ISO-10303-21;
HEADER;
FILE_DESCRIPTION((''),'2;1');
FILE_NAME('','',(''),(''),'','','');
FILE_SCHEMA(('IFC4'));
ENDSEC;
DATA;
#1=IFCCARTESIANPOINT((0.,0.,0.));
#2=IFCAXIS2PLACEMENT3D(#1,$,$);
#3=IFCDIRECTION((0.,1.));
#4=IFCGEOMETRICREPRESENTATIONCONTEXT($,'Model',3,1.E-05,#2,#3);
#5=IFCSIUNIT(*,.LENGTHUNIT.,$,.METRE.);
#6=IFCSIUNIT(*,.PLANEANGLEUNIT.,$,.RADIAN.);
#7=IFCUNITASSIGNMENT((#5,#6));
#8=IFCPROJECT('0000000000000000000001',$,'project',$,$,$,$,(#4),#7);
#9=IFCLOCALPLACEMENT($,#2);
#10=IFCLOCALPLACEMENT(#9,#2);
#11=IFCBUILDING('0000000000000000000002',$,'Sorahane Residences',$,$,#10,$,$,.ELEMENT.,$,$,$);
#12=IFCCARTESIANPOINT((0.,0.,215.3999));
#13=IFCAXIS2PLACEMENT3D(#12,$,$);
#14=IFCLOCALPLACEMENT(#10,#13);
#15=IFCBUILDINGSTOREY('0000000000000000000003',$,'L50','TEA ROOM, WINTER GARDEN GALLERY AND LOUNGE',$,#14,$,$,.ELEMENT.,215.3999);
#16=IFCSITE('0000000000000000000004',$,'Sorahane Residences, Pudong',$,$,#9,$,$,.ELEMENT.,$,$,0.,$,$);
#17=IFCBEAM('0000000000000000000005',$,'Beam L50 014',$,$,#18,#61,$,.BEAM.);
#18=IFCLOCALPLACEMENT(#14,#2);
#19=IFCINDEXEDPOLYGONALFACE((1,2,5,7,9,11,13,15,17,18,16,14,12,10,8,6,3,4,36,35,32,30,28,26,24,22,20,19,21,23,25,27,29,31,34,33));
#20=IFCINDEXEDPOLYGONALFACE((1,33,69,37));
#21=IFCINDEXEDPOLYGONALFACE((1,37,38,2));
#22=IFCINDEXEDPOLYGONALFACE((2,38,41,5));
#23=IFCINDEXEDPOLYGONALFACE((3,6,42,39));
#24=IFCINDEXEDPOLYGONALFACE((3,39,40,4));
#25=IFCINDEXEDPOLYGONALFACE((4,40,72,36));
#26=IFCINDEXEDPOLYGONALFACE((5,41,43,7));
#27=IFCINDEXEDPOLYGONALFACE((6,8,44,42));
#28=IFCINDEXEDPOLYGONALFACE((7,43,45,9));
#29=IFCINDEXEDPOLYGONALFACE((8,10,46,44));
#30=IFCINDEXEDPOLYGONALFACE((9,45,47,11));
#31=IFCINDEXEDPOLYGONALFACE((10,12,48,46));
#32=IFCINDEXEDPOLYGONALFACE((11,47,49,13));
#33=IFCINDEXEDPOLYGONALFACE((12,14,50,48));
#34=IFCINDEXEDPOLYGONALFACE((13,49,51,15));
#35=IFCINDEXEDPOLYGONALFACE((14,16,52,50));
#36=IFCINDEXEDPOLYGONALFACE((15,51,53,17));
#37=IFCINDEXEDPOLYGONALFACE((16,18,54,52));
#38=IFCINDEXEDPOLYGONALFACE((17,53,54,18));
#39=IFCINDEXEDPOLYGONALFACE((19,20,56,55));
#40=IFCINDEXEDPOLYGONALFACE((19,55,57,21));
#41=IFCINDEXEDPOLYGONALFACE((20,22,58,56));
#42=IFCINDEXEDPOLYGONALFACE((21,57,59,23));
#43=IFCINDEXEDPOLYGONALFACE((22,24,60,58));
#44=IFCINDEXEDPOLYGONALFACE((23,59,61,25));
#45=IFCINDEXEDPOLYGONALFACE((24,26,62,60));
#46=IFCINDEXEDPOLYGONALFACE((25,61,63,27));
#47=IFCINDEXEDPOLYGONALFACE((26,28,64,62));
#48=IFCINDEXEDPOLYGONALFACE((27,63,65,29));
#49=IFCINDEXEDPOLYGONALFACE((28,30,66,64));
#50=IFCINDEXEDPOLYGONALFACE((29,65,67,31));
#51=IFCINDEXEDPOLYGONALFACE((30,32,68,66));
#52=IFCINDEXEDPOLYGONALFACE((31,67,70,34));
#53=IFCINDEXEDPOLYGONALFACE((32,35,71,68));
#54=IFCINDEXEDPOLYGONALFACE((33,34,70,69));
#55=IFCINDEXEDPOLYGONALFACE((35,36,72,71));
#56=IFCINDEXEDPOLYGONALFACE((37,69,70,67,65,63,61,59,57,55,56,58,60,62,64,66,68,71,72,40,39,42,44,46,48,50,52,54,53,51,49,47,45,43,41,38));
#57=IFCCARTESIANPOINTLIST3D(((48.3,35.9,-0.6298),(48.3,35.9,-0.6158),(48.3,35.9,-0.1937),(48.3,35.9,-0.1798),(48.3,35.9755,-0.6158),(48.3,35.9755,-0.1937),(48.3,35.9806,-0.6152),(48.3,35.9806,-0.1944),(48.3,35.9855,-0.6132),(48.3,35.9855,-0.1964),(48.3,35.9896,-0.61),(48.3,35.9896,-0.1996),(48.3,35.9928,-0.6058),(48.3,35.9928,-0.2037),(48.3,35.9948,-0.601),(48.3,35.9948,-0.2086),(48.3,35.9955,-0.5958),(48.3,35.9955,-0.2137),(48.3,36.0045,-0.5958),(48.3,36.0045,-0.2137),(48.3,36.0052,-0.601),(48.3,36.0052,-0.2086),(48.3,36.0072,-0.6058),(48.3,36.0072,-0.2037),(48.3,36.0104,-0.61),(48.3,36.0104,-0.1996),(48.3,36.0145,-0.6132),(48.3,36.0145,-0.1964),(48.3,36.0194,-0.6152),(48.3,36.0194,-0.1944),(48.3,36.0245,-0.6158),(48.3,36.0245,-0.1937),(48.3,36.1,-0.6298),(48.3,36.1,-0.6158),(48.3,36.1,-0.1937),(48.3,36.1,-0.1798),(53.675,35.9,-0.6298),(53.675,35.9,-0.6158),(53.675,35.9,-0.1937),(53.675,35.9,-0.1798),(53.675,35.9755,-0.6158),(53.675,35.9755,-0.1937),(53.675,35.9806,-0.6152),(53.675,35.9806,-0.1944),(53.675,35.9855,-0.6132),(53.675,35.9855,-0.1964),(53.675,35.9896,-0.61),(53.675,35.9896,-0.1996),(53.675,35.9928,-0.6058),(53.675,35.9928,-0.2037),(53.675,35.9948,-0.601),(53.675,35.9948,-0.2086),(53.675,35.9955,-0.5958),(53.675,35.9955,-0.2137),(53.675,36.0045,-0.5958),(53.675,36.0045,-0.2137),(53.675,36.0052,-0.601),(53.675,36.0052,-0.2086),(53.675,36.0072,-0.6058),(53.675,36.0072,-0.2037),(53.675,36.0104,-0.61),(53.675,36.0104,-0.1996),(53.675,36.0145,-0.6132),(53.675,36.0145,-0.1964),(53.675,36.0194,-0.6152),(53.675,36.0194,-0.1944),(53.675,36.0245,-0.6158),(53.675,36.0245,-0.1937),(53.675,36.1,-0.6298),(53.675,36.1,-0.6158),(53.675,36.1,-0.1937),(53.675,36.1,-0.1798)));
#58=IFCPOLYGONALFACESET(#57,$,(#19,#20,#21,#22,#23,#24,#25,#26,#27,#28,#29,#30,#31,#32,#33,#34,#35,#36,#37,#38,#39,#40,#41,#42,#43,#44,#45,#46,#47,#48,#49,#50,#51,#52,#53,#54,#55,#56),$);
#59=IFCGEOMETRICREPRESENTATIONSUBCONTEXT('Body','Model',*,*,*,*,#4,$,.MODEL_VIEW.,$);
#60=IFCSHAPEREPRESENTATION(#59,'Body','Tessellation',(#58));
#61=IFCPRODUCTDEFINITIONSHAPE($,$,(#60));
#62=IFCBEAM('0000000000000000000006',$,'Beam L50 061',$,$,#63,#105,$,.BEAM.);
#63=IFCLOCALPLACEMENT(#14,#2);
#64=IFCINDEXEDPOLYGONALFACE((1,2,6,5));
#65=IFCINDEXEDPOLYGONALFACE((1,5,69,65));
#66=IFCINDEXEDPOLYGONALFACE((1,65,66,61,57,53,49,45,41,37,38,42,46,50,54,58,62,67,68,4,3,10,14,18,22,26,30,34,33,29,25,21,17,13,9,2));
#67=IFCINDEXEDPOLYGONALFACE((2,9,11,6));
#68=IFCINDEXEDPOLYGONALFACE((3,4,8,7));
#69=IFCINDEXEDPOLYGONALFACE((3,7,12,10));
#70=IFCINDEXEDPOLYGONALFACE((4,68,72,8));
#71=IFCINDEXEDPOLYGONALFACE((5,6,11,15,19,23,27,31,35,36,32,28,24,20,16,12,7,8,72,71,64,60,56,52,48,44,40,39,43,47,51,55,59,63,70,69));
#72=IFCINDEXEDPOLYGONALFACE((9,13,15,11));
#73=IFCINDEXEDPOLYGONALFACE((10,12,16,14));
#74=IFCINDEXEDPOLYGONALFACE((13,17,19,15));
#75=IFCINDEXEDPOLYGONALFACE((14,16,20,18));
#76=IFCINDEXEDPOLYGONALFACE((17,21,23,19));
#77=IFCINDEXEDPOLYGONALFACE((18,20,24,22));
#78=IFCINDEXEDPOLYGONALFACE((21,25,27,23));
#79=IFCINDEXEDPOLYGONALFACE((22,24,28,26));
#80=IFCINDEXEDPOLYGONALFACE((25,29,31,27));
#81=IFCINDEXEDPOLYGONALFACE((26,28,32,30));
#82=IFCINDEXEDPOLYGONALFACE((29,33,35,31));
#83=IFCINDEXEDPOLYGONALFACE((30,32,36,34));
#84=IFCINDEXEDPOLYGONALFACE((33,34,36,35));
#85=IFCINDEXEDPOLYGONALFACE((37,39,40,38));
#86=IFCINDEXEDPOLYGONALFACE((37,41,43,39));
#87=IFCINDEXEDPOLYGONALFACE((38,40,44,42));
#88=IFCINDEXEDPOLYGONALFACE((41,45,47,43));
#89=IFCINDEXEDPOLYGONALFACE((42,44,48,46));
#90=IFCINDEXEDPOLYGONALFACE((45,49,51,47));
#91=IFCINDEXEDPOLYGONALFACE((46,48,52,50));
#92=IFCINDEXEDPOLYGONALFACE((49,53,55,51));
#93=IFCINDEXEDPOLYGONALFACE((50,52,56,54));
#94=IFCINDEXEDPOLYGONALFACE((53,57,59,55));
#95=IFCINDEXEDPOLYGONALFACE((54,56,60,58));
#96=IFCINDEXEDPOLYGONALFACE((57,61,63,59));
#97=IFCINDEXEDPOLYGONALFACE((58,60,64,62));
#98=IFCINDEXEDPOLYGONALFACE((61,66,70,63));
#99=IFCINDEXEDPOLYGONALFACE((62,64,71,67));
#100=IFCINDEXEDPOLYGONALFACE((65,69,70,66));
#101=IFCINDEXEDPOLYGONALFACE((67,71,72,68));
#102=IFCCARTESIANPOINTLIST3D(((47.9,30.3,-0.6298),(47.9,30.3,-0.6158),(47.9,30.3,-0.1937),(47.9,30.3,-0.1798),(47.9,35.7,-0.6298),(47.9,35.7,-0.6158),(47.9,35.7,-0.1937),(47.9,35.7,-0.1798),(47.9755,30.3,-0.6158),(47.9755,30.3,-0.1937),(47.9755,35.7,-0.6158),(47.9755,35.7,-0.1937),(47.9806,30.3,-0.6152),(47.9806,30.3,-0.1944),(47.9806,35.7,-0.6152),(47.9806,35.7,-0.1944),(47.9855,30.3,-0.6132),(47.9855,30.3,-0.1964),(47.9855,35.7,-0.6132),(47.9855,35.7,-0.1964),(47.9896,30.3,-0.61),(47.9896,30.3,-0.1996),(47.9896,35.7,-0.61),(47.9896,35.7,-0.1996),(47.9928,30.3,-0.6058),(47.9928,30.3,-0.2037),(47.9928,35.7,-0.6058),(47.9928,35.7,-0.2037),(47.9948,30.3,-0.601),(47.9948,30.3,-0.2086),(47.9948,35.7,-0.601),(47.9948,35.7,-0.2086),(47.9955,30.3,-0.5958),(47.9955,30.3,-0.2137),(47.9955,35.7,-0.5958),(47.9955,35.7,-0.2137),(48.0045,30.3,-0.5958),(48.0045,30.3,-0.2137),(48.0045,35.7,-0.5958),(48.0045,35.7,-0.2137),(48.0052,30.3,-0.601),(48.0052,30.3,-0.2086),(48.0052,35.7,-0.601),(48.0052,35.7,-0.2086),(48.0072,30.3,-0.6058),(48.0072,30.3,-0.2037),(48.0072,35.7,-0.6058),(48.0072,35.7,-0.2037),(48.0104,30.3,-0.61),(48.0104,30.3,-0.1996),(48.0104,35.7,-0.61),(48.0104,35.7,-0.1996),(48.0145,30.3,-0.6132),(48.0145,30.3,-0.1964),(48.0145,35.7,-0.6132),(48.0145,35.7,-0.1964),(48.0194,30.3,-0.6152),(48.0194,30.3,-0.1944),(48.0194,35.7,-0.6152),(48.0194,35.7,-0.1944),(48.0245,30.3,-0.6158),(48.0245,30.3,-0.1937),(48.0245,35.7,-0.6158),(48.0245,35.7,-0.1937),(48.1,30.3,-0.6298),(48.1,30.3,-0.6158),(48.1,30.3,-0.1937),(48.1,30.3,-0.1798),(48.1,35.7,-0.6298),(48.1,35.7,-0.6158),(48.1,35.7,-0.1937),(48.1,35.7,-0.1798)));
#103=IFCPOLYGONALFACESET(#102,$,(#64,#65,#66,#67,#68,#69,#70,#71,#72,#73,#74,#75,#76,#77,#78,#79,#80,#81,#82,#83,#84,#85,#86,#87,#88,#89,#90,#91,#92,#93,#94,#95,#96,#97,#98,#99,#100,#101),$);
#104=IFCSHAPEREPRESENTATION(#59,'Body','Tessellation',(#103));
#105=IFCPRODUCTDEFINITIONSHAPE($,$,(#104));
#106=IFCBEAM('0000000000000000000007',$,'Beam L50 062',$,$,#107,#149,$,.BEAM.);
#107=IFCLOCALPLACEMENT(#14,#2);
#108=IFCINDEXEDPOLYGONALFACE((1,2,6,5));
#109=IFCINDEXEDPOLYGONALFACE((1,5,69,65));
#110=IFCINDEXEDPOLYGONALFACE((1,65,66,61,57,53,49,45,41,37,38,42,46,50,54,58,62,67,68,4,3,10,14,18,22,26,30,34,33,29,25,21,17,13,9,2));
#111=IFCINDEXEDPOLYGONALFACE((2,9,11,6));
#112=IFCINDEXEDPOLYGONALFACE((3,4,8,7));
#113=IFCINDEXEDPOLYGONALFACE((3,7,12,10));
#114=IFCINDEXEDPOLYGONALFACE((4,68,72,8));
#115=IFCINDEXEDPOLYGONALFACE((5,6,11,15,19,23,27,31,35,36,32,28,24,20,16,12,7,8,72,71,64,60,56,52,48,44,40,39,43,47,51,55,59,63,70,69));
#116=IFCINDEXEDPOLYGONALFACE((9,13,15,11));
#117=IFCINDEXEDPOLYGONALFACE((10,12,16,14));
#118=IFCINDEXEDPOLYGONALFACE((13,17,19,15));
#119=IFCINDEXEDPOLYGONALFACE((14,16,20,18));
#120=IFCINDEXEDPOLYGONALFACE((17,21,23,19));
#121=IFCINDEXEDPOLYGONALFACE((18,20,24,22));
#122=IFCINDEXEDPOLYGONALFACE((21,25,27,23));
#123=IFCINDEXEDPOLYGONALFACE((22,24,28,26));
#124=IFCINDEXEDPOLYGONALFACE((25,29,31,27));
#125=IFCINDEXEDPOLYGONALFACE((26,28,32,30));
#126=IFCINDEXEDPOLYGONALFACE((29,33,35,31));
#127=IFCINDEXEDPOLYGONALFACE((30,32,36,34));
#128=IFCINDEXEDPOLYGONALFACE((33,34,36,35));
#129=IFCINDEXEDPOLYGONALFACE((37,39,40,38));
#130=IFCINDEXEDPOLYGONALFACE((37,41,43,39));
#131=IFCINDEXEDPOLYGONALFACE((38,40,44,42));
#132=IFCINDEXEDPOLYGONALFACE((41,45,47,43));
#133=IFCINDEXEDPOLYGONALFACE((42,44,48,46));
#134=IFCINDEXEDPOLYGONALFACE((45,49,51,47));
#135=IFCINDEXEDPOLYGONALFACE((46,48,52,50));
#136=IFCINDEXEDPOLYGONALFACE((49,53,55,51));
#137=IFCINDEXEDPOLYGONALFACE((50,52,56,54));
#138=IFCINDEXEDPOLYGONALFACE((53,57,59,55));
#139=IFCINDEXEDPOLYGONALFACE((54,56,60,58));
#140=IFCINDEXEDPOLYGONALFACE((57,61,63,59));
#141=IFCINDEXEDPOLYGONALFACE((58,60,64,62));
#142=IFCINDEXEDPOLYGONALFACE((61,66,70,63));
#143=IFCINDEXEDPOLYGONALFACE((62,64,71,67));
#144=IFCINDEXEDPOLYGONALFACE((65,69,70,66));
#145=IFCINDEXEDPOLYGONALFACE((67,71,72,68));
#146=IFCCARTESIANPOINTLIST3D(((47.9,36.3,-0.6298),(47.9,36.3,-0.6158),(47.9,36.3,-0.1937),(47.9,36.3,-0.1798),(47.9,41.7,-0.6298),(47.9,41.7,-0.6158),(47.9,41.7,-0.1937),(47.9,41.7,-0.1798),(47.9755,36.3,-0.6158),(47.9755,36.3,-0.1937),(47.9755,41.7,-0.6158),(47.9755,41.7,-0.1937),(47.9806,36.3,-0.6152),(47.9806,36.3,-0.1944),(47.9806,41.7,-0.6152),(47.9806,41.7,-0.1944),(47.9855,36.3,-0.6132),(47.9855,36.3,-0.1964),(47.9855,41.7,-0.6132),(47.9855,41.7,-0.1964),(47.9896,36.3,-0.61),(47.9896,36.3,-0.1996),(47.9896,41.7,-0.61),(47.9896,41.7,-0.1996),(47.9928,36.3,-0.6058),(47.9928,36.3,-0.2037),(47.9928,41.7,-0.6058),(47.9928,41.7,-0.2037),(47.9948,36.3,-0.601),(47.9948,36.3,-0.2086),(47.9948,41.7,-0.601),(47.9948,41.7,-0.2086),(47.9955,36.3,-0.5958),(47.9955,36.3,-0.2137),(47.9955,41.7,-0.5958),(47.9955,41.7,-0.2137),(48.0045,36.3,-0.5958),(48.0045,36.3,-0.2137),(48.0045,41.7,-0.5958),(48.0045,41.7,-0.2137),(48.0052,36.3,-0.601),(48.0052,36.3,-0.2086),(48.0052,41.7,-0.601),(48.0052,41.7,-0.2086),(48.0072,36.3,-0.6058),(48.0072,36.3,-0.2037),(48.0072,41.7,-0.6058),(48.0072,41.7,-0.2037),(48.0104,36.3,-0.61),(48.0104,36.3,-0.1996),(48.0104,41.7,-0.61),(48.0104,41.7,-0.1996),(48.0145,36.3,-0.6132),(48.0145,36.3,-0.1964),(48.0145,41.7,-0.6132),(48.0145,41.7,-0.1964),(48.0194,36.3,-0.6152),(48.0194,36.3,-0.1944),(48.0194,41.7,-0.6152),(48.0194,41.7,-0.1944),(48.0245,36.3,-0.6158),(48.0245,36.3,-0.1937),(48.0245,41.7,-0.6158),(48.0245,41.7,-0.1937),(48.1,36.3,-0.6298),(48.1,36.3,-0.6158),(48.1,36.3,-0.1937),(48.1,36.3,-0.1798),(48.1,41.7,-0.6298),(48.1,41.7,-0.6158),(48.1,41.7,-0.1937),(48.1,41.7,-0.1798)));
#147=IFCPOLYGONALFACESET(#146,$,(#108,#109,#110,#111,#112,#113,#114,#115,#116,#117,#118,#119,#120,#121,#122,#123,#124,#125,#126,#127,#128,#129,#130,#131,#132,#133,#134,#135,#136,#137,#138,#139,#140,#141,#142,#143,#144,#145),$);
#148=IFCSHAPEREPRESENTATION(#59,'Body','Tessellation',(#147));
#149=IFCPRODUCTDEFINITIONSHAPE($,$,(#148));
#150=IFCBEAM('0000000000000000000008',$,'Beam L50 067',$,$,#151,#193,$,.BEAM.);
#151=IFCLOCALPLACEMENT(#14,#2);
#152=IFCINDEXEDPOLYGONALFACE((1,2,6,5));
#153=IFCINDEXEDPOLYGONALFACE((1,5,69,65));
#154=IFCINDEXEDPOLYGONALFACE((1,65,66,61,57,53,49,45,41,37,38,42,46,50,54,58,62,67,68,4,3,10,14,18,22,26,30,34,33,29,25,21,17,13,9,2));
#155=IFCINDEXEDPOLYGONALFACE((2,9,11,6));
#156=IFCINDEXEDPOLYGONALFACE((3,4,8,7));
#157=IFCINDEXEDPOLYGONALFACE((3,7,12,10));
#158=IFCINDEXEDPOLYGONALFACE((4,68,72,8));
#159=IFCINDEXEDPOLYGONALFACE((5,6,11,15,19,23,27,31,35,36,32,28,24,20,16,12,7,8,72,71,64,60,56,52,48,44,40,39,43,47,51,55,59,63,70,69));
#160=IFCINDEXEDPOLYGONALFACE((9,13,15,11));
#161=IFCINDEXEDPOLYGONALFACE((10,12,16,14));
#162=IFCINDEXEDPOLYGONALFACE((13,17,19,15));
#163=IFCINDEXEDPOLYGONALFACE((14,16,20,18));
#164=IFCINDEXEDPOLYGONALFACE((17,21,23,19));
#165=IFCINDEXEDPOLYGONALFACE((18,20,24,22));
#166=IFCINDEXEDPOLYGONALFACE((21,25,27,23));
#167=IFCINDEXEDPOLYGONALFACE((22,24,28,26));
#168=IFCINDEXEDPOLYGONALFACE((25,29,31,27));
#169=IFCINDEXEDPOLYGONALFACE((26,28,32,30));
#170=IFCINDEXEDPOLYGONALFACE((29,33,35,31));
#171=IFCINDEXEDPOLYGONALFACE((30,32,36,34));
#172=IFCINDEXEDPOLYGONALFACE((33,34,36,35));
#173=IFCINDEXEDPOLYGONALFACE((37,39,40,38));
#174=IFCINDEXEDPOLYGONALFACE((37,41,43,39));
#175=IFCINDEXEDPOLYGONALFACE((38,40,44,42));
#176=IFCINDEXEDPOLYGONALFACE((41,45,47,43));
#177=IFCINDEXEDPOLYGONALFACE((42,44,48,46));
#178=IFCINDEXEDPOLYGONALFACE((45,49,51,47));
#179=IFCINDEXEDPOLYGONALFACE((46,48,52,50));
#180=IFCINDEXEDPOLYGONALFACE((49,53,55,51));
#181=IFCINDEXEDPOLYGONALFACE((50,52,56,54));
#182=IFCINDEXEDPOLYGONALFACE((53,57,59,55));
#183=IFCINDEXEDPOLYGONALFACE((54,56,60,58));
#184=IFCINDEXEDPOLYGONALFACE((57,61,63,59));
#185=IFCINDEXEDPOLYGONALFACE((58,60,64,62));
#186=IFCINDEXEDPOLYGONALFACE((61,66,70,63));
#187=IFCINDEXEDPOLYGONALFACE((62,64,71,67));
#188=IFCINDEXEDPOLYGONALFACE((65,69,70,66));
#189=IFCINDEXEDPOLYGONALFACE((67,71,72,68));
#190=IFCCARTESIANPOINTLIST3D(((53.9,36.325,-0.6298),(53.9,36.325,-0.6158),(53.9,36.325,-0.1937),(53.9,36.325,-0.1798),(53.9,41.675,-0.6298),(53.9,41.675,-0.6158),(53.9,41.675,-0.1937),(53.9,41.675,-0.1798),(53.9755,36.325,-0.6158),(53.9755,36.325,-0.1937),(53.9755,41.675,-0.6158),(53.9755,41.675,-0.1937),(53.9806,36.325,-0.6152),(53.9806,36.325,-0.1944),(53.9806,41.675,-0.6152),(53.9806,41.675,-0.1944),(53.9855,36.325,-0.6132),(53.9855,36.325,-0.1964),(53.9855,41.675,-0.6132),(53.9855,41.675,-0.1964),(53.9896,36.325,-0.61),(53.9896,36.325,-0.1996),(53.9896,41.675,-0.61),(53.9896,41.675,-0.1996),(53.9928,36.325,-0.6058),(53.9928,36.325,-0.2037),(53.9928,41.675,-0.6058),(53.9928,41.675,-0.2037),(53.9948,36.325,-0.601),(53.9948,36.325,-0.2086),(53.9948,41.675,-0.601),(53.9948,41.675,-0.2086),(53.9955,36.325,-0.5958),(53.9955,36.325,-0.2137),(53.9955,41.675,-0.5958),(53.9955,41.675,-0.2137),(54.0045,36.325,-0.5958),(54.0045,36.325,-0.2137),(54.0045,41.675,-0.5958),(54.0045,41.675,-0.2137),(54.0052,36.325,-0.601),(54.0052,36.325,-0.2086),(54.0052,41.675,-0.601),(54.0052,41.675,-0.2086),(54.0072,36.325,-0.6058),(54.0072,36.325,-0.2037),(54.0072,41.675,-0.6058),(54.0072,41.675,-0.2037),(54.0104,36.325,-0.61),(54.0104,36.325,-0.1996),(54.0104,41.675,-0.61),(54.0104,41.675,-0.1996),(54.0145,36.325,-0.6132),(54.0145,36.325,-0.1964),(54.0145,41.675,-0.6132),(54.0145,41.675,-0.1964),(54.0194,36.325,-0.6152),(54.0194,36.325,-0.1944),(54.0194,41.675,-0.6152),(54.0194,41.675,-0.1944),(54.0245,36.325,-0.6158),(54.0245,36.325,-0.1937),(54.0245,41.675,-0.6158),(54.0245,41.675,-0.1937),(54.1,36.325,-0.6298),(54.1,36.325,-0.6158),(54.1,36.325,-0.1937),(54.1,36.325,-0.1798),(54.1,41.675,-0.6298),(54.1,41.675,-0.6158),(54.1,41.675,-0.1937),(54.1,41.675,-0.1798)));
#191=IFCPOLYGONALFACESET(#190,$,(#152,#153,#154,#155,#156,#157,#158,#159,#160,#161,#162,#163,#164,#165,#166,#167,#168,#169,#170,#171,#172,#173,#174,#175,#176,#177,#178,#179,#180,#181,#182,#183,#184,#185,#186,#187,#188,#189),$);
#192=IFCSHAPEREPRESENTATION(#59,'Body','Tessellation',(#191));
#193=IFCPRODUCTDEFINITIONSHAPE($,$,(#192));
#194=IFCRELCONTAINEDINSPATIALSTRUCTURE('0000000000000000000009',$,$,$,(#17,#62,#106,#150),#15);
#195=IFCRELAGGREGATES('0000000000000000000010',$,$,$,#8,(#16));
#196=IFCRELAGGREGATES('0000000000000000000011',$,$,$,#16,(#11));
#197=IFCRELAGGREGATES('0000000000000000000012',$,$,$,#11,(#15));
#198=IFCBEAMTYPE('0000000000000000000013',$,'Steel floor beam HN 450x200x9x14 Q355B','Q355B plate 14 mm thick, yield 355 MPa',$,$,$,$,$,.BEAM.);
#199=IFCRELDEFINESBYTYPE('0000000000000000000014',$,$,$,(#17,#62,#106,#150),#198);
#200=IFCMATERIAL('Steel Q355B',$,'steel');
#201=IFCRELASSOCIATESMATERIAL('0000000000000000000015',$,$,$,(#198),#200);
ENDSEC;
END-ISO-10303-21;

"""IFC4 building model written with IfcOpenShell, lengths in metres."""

from ifc_helpers import new_model, si_unit, direction, frame, origin, origin_2d, place, context, subcontext, project, spatial, i_section, extrude, material, material_profile, profile_set, type_object, element, save


model = new_model("IFC4")

# Units and contexts
model_context = context("Model", 3, precision=1e-05, world=origin(), true_north=direction((0.0, 1.0)))
body_context = subcontext(model_context, "Body", "Model", "MODEL_VIEW")
ifc_project = project(units=[si_unit("LENGTHUNIT", "METRE"), si_unit("PLANEANGLEUNIT", "RADIAN")], contexts=[model_context])

# Site, building, storey
site_placement = place(None, origin())
site = spatial("IfcSite", under=ifc_project, at=site_placement, Name="Sorahane Residences, Pudong", CompositionType="ELEMENT", RefElevation=0.0)
building_placement = place(site_placement, origin())
building = spatial("IfcBuilding", under=site, at=building_placement, Name="Sorahane Residences", CompositionType="ELEMENT")
storey_placement = place(building_placement, frame((0.0, 0.0, 215.3999)))
storey = spatial("IfcBuildingStorey", under=building, at=storey_placement, Name="L50", Description="TEA ROOM, WINTER GARDEN GALLERY AND LOUNGE", CompositionType="ELEMENT", Elevation=215.3999)

# Beams
ifc_material_1 = material(Name="Steel Q355B", Category="steel")
ifc_material_profile_1 = material_profile(ifc_material_1, i_section(OverallWidth=0.2, OverallDepth=0.45, WebThickness=0.009, FlangeThickness=0.0139, FilletRadius=0.02, at=origin_2d()), Name="HN 450x200x9x14")
ifc_profile_set_1 = profile_set([ifc_material_profile_1], Name="Steel Q355B")
beam_type_1 = type_object("IfcBeamType", Name="Steel floor beam HN 450x200x9x14 Q355B", Description="Q355B plate 14 mm thick, yield 355 MPa", PredefinedType="BEAM", material=ifc_profile_set_1)
beam_1_placement = place(storey_placement, frame((48.3, 36.0, -0.4048), z_axis=(1.0, 0.0, 0.0), x_axis=(0.0, 1.0, 0.0)))
element("IfcBeam", 1, at=beam_1_placement, inside=storey, type_object=beam_type_1, Name="Beam L50 014", PredefinedType="BEAM", context=body_context, shape_type="SweptSolid", body=[
    extrude(i_section(OverallWidth=0.2, OverallDepth=0.45, WebThickness=0.009, FlangeThickness=0.0139, FilletRadius=0.02, at=origin_2d()), origin(), (0.0, 0.0, 1.0), 5.375),
])
for number, where, z_axis, x_axis, name in (
    (2, (48.0, 30.3, -0.4048), (0.0, 1.0, 0.0), (-1.0, 0.0, 0.0), "Beam L50 061"),
    (3, (48.0, 36.3, -0.4048), (0.0, 1.0, 0.0), (-1.0, 0.0, 0.0), "Beam L50 062"),
):
    element("IfcBeam", number, at=place(storey_placement, frame(where, z_axis=z_axis, x_axis=x_axis)), inside=storey, type_object=beam_type_1, Name=name, PredefinedType="BEAM", context=body_context, shape_type="SweptSolid", body=[
        extrude(i_section(OverallWidth=0.2, OverallDepth=0.45, WebThickness=0.009, FlangeThickness=0.0139, FilletRadius=0.02, at=origin_2d()), origin(), (0.0, 0.0, 1.0), 5.3999),
    ])
beam_2_placement = place(storey_placement, frame((54.0, 36.325, -0.4048), z_axis=(0.0, 1.0, 0.0), x_axis=(-1.0, 0.0, 0.0)))
element("IfcBeam", 4, at=beam_2_placement, inside=storey, type_object=beam_type_1, Name="Beam L50 067", PredefinedType="BEAM", context=body_context, shape_type="SweptSolid", body=[
    extrude(i_section(OverallWidth=0.2, OverallDepth=0.45, WebThickness=0.009, FlangeThickness=0.0139, FilletRadius=0.02, at=origin_2d()), origin(), (0.0, 0.0, 1.0), 5.3501),
])

save(model, "model.ifc")
